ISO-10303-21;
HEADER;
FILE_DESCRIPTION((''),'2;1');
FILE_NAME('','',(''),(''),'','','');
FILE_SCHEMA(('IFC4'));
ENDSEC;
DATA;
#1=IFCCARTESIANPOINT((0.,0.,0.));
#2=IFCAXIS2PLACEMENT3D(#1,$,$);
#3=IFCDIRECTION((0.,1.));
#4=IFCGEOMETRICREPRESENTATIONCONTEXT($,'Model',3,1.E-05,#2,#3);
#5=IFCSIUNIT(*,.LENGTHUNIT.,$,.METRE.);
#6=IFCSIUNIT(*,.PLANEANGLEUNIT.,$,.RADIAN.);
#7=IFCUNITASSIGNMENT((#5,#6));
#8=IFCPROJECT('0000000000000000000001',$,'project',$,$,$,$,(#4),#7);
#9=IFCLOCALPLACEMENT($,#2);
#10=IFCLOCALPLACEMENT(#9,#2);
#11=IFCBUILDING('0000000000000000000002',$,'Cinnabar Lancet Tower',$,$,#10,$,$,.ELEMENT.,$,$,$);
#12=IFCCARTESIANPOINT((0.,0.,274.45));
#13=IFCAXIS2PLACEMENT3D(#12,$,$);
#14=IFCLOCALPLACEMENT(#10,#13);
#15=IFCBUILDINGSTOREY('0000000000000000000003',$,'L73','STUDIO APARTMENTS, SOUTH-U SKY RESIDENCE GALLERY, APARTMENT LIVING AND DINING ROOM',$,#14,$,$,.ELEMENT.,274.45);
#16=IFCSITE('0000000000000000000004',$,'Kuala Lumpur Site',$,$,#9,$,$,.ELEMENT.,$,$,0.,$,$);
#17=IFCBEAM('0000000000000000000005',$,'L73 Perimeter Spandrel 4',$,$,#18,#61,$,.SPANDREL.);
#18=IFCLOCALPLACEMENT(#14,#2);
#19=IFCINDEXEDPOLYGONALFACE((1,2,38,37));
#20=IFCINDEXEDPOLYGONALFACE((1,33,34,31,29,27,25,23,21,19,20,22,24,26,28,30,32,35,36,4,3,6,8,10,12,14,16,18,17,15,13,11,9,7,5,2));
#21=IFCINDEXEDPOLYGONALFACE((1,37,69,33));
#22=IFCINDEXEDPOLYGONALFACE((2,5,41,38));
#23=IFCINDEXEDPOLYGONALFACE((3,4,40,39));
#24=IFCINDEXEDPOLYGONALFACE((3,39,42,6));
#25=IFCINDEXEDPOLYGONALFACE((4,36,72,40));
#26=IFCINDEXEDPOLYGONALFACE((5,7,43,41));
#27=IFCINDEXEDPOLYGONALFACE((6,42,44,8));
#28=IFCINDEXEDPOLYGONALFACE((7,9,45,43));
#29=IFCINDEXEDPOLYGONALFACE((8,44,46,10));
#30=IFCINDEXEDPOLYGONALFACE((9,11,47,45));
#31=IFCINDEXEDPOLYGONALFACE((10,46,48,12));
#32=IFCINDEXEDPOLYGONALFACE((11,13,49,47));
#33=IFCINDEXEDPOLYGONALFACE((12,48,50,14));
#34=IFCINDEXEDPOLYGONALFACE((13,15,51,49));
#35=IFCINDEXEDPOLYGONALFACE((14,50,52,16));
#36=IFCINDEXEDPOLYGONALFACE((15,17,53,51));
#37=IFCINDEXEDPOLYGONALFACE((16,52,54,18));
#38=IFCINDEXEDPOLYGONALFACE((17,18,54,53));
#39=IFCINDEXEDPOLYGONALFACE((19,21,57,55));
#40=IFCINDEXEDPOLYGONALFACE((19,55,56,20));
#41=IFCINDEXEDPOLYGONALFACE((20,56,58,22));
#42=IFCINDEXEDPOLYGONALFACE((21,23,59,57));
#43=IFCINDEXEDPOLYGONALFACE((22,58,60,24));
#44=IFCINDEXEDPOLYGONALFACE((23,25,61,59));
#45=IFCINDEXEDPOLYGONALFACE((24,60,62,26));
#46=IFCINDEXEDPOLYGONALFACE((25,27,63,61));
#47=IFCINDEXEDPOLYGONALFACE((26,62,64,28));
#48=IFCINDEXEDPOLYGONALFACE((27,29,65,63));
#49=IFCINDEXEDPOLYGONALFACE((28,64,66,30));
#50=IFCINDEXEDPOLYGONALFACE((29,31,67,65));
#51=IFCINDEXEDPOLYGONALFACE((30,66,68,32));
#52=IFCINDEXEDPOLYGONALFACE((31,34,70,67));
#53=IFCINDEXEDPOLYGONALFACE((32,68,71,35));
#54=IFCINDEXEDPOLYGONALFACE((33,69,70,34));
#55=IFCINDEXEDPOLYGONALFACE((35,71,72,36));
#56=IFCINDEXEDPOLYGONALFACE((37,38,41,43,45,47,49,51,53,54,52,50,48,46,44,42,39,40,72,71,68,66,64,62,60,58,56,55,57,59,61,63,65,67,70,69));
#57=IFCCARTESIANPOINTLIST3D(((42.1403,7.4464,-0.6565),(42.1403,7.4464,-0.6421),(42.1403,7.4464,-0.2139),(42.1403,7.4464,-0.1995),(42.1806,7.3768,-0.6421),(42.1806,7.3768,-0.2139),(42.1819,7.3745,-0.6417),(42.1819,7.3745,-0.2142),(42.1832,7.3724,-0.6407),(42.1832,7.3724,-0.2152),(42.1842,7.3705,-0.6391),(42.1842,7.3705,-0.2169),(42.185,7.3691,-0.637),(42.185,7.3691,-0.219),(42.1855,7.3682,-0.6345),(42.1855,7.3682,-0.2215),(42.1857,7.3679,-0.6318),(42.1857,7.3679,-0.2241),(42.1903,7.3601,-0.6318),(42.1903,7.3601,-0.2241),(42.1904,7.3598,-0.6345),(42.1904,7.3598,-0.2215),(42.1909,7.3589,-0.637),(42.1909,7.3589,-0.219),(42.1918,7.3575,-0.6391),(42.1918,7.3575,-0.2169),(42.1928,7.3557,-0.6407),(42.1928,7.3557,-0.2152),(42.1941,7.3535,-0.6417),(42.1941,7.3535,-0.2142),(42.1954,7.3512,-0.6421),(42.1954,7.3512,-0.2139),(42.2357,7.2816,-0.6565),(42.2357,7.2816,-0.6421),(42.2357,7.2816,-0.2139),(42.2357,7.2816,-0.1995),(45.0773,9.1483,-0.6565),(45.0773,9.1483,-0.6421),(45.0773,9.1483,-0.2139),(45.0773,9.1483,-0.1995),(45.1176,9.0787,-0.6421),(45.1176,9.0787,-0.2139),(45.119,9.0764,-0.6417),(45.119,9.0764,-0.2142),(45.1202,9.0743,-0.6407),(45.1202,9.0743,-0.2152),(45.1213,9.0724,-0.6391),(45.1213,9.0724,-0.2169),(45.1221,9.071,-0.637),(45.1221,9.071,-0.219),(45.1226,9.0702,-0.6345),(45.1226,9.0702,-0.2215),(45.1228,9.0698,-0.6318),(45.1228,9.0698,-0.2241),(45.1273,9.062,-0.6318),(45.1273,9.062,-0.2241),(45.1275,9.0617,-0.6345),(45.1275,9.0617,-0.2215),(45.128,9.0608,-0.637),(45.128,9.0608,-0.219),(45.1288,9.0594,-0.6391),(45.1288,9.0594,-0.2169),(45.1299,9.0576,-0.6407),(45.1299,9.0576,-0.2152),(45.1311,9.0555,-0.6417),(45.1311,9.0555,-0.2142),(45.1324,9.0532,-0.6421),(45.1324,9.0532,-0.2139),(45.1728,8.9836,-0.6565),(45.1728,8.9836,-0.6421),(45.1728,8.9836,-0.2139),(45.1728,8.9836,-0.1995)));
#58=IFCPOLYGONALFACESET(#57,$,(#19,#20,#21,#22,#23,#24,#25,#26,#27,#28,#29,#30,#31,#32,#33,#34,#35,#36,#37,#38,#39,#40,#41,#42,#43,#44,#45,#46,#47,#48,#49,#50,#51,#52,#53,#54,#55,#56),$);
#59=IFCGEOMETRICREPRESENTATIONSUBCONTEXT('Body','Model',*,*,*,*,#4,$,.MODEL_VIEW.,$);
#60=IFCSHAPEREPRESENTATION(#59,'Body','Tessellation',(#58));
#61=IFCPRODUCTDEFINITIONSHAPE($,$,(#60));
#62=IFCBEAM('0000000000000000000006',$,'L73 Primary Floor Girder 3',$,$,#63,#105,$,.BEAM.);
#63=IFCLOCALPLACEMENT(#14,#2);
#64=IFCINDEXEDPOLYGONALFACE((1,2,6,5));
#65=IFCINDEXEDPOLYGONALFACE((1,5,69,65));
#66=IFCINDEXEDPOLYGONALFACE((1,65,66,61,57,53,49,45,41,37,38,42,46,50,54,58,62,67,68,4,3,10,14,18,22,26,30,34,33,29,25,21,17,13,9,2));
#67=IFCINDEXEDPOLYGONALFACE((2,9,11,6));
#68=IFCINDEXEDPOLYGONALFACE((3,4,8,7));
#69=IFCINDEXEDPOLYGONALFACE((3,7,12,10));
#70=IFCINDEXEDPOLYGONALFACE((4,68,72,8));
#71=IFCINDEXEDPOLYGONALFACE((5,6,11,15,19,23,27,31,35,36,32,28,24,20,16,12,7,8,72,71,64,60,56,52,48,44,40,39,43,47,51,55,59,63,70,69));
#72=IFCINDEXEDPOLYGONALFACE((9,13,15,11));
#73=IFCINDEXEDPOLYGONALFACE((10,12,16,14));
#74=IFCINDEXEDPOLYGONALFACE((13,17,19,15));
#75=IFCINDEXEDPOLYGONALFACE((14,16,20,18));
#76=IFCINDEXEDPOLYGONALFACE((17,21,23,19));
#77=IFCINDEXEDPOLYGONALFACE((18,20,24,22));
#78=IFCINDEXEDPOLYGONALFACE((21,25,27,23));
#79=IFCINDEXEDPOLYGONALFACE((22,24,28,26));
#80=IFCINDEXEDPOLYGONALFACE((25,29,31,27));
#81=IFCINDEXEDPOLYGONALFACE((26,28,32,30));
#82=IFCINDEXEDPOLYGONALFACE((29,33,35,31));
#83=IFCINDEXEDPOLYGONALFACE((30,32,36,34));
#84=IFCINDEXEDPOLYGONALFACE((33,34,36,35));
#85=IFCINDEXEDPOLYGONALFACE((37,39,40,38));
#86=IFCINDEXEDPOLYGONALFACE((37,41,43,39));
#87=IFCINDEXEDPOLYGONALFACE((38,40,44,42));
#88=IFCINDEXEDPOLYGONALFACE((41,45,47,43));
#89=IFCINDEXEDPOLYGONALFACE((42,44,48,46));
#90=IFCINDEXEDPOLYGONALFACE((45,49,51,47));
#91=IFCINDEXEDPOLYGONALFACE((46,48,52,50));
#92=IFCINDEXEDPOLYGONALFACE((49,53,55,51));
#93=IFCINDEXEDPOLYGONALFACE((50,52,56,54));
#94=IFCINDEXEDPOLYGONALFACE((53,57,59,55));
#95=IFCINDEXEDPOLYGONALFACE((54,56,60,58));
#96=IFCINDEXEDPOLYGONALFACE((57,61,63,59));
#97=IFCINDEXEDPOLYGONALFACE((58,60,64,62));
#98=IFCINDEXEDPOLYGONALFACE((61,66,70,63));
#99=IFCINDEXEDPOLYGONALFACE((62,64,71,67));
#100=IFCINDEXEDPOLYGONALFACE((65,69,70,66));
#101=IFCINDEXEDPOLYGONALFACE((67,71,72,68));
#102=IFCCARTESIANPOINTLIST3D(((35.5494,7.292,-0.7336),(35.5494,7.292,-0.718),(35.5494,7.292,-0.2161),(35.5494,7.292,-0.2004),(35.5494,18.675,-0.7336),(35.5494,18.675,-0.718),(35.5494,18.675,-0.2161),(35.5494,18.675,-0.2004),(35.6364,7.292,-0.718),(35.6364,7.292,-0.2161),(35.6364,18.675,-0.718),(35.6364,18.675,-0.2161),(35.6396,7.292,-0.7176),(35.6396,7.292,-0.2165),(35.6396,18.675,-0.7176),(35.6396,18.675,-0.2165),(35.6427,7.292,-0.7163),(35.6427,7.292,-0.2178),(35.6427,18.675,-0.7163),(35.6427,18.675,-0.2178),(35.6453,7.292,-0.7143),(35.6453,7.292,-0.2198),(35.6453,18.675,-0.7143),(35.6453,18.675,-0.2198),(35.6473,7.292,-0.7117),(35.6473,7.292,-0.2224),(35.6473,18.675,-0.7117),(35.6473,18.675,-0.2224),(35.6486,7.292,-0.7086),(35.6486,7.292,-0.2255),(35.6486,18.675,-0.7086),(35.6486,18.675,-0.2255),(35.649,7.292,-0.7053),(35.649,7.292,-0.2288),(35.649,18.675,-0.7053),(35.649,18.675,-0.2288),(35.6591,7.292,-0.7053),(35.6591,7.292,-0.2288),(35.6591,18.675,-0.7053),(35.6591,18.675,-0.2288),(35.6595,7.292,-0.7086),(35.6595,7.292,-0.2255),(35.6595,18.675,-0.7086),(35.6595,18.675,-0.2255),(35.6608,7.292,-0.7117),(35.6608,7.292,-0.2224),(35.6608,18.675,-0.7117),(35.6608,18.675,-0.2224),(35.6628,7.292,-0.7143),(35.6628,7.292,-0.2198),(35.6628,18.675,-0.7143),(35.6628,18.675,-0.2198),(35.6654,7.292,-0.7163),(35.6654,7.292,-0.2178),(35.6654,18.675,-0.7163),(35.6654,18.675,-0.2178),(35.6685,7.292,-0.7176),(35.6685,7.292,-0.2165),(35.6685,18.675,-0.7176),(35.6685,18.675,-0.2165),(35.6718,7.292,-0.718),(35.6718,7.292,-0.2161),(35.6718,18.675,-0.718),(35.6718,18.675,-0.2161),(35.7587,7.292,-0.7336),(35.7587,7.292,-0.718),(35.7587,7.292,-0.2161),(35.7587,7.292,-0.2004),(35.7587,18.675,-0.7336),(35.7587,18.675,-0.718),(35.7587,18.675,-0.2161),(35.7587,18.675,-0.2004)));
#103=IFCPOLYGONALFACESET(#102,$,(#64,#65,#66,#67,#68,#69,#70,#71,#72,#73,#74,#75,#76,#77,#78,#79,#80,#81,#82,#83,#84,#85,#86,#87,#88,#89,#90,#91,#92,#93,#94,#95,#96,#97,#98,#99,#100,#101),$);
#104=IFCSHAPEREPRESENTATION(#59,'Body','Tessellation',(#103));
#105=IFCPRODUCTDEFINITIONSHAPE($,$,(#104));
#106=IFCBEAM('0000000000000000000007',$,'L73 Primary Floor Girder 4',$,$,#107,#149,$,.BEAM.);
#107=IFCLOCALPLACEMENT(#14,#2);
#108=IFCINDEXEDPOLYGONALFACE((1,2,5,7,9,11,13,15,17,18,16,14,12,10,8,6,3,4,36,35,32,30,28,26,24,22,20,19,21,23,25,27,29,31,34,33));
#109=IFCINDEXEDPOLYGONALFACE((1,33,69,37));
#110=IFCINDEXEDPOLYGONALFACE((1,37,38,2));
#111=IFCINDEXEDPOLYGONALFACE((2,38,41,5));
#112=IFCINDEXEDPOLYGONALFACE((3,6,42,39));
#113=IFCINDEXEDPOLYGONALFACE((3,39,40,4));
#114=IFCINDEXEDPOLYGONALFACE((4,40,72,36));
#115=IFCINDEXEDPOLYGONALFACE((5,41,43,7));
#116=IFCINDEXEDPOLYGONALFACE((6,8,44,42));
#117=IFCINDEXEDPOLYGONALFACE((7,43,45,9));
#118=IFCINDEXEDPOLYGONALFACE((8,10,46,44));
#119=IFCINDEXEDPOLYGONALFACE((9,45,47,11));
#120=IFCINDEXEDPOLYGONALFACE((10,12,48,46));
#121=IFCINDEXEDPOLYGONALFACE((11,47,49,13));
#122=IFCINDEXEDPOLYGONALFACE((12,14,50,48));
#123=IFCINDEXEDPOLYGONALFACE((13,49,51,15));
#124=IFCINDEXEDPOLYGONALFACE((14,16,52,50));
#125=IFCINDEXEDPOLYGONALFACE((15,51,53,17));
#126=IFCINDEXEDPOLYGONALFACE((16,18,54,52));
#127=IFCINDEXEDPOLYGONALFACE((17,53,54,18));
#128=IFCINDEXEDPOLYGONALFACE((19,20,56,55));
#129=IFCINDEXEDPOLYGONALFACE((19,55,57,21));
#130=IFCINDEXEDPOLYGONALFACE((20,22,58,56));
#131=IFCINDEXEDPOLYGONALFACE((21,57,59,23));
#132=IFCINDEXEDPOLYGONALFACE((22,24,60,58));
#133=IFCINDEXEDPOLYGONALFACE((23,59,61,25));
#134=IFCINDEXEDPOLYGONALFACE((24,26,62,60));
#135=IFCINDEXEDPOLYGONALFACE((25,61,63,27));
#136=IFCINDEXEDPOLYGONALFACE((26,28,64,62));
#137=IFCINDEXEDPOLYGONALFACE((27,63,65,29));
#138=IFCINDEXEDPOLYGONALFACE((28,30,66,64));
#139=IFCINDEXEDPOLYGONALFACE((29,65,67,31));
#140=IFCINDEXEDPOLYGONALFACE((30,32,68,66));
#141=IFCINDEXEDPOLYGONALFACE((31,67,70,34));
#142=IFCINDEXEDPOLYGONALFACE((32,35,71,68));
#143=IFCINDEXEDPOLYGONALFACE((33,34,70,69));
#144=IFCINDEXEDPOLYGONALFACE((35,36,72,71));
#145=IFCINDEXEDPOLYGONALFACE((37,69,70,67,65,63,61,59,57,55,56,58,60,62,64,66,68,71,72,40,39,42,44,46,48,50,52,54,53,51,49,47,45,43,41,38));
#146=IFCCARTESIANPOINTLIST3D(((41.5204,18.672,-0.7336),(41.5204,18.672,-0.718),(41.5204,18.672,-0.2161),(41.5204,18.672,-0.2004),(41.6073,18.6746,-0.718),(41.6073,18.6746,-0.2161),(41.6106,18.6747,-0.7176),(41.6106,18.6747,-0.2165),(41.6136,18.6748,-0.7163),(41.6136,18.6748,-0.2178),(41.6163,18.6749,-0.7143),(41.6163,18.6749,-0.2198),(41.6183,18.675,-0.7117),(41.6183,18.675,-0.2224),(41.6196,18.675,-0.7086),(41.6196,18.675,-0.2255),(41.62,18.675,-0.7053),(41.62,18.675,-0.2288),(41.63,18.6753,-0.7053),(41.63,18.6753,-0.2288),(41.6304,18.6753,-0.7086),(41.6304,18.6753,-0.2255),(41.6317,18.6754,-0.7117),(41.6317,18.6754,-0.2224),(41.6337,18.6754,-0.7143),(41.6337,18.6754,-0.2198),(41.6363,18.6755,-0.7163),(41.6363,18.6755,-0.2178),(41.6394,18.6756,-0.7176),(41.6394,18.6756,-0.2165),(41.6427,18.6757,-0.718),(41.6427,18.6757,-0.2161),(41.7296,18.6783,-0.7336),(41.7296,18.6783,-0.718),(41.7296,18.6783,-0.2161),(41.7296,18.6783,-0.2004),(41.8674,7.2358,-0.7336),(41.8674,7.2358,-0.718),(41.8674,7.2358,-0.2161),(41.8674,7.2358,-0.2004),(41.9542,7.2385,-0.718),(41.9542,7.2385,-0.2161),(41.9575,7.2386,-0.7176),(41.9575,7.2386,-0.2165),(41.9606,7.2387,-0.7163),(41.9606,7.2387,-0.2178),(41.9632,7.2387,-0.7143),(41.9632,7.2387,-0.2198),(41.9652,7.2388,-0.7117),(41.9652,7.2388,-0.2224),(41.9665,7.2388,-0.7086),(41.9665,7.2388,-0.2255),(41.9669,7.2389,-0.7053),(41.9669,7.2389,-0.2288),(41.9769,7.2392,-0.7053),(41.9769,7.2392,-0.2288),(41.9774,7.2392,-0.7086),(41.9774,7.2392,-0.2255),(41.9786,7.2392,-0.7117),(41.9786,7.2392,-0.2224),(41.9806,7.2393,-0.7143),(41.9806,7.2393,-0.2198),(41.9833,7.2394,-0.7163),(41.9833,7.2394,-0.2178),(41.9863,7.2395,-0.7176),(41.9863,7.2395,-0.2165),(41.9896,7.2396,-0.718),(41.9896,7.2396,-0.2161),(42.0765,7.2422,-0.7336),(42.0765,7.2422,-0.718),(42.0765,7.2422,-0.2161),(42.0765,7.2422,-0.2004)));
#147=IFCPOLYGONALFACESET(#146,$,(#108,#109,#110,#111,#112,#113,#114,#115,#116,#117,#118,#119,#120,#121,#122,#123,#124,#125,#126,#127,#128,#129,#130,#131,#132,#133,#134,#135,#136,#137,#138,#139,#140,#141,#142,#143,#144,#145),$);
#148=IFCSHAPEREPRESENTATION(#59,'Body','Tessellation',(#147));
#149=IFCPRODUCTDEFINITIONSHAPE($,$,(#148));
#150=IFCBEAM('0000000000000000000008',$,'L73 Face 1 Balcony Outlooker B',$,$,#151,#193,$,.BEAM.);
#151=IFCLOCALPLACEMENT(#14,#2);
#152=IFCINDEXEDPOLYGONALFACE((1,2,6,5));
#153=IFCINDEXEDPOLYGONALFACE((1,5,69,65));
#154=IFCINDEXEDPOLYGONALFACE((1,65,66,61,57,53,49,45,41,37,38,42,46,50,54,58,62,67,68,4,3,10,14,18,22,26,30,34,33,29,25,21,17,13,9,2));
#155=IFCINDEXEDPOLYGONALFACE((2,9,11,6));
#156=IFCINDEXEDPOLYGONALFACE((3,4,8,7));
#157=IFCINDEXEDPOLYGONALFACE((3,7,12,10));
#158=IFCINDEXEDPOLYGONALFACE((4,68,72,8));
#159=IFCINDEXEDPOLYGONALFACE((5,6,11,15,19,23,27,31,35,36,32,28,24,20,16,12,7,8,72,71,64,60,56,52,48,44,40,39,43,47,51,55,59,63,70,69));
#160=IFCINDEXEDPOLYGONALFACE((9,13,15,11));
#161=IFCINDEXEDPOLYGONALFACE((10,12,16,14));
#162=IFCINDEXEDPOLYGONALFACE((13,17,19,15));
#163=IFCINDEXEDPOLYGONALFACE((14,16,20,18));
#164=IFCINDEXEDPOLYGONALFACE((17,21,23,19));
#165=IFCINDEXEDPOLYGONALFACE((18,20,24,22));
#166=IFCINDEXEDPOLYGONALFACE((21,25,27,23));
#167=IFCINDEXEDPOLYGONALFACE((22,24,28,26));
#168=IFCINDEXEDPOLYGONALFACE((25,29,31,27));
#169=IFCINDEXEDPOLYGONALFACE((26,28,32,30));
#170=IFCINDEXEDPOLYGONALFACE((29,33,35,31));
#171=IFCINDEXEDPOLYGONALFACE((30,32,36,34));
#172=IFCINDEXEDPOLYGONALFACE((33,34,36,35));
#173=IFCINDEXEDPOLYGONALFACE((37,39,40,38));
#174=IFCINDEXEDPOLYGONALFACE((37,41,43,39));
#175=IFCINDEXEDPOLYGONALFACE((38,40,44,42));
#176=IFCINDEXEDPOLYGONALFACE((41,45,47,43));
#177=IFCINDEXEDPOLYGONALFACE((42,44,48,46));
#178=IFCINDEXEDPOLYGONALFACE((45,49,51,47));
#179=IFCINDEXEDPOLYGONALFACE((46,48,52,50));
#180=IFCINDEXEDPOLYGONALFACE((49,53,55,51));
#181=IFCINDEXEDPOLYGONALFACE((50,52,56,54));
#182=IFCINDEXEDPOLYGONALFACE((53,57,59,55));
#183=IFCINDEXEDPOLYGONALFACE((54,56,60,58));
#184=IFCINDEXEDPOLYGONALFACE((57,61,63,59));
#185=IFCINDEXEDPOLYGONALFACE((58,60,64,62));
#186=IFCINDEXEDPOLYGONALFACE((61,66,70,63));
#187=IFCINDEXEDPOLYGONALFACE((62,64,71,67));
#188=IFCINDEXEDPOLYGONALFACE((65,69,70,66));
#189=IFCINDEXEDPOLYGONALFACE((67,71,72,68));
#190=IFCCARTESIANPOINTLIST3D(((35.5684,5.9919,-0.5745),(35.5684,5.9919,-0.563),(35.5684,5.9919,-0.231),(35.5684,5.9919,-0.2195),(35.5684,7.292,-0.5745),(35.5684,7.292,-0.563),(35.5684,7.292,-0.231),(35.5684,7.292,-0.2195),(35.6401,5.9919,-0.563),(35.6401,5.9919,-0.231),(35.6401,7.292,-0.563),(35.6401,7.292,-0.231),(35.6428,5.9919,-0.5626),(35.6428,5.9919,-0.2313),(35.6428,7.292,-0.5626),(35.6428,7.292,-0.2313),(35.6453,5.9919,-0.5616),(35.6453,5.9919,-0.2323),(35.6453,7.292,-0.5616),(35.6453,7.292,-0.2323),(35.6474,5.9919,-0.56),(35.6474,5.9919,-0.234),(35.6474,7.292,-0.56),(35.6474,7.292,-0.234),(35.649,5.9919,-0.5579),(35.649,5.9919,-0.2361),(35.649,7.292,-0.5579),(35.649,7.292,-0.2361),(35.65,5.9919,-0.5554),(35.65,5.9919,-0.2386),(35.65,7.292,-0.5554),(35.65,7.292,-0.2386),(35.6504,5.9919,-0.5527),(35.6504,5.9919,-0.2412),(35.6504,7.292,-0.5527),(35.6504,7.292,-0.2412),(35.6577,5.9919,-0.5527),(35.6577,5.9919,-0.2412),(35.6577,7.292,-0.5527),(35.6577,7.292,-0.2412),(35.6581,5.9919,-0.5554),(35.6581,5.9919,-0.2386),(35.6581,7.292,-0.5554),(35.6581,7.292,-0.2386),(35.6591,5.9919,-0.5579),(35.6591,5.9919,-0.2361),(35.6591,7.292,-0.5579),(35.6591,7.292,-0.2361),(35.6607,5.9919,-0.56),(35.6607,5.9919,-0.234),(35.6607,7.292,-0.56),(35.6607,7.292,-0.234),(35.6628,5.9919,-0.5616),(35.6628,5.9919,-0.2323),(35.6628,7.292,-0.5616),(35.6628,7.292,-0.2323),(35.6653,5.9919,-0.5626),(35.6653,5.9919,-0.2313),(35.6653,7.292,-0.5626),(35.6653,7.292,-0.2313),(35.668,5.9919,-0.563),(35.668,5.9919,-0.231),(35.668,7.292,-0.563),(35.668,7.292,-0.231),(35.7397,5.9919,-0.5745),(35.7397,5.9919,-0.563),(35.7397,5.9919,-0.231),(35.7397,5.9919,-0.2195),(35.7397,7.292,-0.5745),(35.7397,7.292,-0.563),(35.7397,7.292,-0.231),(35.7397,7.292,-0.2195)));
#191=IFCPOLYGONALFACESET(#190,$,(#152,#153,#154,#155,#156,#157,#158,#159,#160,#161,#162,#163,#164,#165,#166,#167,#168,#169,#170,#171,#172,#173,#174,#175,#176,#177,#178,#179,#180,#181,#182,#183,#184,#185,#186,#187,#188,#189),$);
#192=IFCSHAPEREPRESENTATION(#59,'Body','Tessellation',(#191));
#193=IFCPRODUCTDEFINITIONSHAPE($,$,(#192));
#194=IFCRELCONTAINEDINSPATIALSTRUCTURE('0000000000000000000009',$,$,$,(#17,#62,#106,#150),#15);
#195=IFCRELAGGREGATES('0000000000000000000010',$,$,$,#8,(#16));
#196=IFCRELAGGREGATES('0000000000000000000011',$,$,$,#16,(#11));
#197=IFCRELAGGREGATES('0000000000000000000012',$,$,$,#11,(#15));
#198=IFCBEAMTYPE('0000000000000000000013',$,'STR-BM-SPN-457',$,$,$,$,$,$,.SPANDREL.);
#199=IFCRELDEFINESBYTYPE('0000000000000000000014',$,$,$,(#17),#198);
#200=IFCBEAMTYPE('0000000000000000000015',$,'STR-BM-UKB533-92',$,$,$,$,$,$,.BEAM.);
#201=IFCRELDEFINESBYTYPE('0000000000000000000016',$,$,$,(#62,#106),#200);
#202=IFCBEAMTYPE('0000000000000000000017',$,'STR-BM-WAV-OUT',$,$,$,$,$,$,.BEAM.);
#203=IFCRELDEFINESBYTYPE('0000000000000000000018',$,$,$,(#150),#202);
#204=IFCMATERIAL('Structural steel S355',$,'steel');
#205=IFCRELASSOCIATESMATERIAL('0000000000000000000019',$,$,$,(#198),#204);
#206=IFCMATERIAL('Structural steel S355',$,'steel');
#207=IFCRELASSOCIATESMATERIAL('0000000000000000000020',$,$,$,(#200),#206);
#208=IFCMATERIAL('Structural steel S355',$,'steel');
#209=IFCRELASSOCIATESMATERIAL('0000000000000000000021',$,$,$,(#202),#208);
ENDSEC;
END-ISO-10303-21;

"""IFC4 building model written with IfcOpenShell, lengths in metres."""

from ifc_helpers import new_model, si_unit, direction, frame, origin, origin_2d, place, context, subcontext, project, spatial, i_section, extrude, material, material_profile, profile_set, type_object, element, save


model = new_model("IFC4")

# Units and contexts
model_context = context("Model", 3, precision=1e-05, world=origin(), true_north=direction((0.0, 1.0)))
body_context = subcontext(model_context, "Body", "Model", "MODEL_VIEW")
ifc_project = project(units=[si_unit("LENGTHUNIT", "METRE"), si_unit("PLANEANGLEUNIT", "RADIAN")], contexts=[model_context])

# Site, building, storey
site_placement = place(None, origin())
site = spatial("IfcSite", under=ifc_project, at=site_placement, Name="Kuala Lumpur Site", CompositionType="ELEMENT", RefElevation=0.0)
building_placement = place(site_placement, origin())
building = spatial("IfcBuilding", under=site, at=building_placement, Name="Cinnabar Lancet Tower", CompositionType="ELEMENT")
storey_placement = place(building_placement, frame((0.0, 0.0, 274.45)))
storey = spatial("IfcBuildingStorey", under=building, at=storey_placement, Name="L73", Description="STUDIO APARTMENTS, SOUTH-U SKY RESIDENCE GALLERY, APARTMENT LIVING AND DINING ROOM", CompositionType="ELEMENT", Elevation=274.45)

# Beams
ifc_material_1 = material(Name="Structural steel S355", Category="steel")
ifc_material_profile_1 = material_profile(ifc_material_1, i_section(OverallWidth=0.1904, OverallDepth=0.457, WebThickness=0.009, FlangeThickness=0.0144, FilletRadius=0.0103, at=origin_2d()), Name="UKB 457x191x74")
ifc_profile_set_1 = profile_set([ifc_material_profile_1], Name="Structural steel S355")
beam_type_1 = type_object("IfcBeamType", Name="STR-BM-SPN-457", PredefinedType="SPANDREL", material=ifc_profile_set_1)
beam_1_placement = place(storey_placement, frame((42.188, 7.364, -0.428), z_axis=(0.865231, 0.501374, 0.0), x_axis=(-0.501374, 0.865231, 0.0)))
element("IfcBeam", 1, at=beam_1_placement, inside=storey, type_object=beam_type_1, Name="L73 Perimeter Spandrel 4", PredefinedType="SPANDREL", context=body_context, shape_type="SweptSolid", body=[
    extrude(i_section(OverallWidth=0.1904, OverallDepth=0.457, WebThickness=0.009, FlangeThickness=0.0144, FilletRadius=0.0103, at=origin_2d()), origin(), (0.0, 0.0, 1.0), 3.3945),
])
ifc_material_2 = material(Name="Structural steel S355", Category="steel")
ifc_material_profile_2 = material_profile(ifc_material_2, i_section(OverallWidth=0.2092, OverallDepth=0.5332, WebThickness=0.01, FlangeThickness=0.0156, FilletRadius=0.0127, at=origin_2d()), Name="UKB 533x210x92")
ifc_profile_set_2 = profile_set([ifc_material_profile_2], Name="Structural steel S355")
beam_type_2 = type_object("IfcBeamType", Name="STR-BM-UKB533-92", PredefinedType="BEAM", material=ifc_profile_set_2)
beam_2_placement = place(storey_placement, frame((35.6541, 7.292, -0.467), z_axis=(0.0, 1.0, 0.0), x_axis=(-1.0, 0.0, 0.0)))
element("IfcBeam", 2, at=beam_2_placement, inside=storey, type_object=beam_type_2, Name="L73 Primary Floor Girder 3", PredefinedType="BEAM", context=body_context, shape_type="SweptSolid", body=[
    extrude(i_section(OverallWidth=0.2092, OverallDepth=0.5332, WebThickness=0.01, FlangeThickness=0.0156, FilletRadius=0.0127, at=origin_2d()), origin(), (0.0, 0.0, 1.0), 11.3831),
])
beam_3_placement = place(storey_placement, frame((41.9719, 7.239, -0.467), z_axis=(-0.030322, 0.99954, 0.0), x_axis=(-0.99954, -0.030322, 0.0)))
element("IfcBeam", 3, at=beam_3_placement, inside=storey, type_object=beam_type_2, Name="L73 Primary Floor Girder 4", PredefinedType="BEAM", context=body_context, shape_type="SweptSolid", body=[
    extrude(i_section(OverallWidth=0.2092, OverallDepth=0.5332, WebThickness=0.01, FlangeThickness=0.0156, FilletRadius=0.0127, at=origin_2d()), origin(), (0.0, 0.0, 1.0), 11.4414),
])
ifc_material_3 = material(Name="Structural steel S355", Category="steel")
ifc_material_profile_3 = material_profile(ifc_material_3, i_section(OverallWidth=0.1714, OverallDepth=0.355, WebThickness=0.0073, FlangeThickness=0.0115, FilletRadius=0.0103, at=origin_2d()), Name="UKB 356x171x51")
ifc_profile_set_3 = profile_set([ifc_material_profile_3], Name="Structural steel S355")
beam_type_3 = type_object("IfcBeamType", Name="STR-BM-WAV-OUT", PredefinedType="BEAM", material=ifc_profile_set_3)
beam_4_placement = place(storey_placement, frame((35.6541, 7.292, -0.397), z_axis=(0.0, -1.0, 0.0), x_axis=(1.0, 0.0, 0.0)))
element("IfcBeam", 4, at=beam_4_placement, inside=storey, type_object=beam_type_3, Name="L73 Face 1 Balcony Outlooker B", PredefinedType="BEAM", context=body_context, shape_type="SweptSolid", body=[
    extrude(i_section(OverallWidth=0.1714, OverallDepth=0.355, WebThickness=0.0073, FlangeThickness=0.0115, FilletRadius=0.0103, at=origin_2d()), origin(), (0.0, 0.0, 1.0), 1.3),
])

save(model, "model.ifc")
